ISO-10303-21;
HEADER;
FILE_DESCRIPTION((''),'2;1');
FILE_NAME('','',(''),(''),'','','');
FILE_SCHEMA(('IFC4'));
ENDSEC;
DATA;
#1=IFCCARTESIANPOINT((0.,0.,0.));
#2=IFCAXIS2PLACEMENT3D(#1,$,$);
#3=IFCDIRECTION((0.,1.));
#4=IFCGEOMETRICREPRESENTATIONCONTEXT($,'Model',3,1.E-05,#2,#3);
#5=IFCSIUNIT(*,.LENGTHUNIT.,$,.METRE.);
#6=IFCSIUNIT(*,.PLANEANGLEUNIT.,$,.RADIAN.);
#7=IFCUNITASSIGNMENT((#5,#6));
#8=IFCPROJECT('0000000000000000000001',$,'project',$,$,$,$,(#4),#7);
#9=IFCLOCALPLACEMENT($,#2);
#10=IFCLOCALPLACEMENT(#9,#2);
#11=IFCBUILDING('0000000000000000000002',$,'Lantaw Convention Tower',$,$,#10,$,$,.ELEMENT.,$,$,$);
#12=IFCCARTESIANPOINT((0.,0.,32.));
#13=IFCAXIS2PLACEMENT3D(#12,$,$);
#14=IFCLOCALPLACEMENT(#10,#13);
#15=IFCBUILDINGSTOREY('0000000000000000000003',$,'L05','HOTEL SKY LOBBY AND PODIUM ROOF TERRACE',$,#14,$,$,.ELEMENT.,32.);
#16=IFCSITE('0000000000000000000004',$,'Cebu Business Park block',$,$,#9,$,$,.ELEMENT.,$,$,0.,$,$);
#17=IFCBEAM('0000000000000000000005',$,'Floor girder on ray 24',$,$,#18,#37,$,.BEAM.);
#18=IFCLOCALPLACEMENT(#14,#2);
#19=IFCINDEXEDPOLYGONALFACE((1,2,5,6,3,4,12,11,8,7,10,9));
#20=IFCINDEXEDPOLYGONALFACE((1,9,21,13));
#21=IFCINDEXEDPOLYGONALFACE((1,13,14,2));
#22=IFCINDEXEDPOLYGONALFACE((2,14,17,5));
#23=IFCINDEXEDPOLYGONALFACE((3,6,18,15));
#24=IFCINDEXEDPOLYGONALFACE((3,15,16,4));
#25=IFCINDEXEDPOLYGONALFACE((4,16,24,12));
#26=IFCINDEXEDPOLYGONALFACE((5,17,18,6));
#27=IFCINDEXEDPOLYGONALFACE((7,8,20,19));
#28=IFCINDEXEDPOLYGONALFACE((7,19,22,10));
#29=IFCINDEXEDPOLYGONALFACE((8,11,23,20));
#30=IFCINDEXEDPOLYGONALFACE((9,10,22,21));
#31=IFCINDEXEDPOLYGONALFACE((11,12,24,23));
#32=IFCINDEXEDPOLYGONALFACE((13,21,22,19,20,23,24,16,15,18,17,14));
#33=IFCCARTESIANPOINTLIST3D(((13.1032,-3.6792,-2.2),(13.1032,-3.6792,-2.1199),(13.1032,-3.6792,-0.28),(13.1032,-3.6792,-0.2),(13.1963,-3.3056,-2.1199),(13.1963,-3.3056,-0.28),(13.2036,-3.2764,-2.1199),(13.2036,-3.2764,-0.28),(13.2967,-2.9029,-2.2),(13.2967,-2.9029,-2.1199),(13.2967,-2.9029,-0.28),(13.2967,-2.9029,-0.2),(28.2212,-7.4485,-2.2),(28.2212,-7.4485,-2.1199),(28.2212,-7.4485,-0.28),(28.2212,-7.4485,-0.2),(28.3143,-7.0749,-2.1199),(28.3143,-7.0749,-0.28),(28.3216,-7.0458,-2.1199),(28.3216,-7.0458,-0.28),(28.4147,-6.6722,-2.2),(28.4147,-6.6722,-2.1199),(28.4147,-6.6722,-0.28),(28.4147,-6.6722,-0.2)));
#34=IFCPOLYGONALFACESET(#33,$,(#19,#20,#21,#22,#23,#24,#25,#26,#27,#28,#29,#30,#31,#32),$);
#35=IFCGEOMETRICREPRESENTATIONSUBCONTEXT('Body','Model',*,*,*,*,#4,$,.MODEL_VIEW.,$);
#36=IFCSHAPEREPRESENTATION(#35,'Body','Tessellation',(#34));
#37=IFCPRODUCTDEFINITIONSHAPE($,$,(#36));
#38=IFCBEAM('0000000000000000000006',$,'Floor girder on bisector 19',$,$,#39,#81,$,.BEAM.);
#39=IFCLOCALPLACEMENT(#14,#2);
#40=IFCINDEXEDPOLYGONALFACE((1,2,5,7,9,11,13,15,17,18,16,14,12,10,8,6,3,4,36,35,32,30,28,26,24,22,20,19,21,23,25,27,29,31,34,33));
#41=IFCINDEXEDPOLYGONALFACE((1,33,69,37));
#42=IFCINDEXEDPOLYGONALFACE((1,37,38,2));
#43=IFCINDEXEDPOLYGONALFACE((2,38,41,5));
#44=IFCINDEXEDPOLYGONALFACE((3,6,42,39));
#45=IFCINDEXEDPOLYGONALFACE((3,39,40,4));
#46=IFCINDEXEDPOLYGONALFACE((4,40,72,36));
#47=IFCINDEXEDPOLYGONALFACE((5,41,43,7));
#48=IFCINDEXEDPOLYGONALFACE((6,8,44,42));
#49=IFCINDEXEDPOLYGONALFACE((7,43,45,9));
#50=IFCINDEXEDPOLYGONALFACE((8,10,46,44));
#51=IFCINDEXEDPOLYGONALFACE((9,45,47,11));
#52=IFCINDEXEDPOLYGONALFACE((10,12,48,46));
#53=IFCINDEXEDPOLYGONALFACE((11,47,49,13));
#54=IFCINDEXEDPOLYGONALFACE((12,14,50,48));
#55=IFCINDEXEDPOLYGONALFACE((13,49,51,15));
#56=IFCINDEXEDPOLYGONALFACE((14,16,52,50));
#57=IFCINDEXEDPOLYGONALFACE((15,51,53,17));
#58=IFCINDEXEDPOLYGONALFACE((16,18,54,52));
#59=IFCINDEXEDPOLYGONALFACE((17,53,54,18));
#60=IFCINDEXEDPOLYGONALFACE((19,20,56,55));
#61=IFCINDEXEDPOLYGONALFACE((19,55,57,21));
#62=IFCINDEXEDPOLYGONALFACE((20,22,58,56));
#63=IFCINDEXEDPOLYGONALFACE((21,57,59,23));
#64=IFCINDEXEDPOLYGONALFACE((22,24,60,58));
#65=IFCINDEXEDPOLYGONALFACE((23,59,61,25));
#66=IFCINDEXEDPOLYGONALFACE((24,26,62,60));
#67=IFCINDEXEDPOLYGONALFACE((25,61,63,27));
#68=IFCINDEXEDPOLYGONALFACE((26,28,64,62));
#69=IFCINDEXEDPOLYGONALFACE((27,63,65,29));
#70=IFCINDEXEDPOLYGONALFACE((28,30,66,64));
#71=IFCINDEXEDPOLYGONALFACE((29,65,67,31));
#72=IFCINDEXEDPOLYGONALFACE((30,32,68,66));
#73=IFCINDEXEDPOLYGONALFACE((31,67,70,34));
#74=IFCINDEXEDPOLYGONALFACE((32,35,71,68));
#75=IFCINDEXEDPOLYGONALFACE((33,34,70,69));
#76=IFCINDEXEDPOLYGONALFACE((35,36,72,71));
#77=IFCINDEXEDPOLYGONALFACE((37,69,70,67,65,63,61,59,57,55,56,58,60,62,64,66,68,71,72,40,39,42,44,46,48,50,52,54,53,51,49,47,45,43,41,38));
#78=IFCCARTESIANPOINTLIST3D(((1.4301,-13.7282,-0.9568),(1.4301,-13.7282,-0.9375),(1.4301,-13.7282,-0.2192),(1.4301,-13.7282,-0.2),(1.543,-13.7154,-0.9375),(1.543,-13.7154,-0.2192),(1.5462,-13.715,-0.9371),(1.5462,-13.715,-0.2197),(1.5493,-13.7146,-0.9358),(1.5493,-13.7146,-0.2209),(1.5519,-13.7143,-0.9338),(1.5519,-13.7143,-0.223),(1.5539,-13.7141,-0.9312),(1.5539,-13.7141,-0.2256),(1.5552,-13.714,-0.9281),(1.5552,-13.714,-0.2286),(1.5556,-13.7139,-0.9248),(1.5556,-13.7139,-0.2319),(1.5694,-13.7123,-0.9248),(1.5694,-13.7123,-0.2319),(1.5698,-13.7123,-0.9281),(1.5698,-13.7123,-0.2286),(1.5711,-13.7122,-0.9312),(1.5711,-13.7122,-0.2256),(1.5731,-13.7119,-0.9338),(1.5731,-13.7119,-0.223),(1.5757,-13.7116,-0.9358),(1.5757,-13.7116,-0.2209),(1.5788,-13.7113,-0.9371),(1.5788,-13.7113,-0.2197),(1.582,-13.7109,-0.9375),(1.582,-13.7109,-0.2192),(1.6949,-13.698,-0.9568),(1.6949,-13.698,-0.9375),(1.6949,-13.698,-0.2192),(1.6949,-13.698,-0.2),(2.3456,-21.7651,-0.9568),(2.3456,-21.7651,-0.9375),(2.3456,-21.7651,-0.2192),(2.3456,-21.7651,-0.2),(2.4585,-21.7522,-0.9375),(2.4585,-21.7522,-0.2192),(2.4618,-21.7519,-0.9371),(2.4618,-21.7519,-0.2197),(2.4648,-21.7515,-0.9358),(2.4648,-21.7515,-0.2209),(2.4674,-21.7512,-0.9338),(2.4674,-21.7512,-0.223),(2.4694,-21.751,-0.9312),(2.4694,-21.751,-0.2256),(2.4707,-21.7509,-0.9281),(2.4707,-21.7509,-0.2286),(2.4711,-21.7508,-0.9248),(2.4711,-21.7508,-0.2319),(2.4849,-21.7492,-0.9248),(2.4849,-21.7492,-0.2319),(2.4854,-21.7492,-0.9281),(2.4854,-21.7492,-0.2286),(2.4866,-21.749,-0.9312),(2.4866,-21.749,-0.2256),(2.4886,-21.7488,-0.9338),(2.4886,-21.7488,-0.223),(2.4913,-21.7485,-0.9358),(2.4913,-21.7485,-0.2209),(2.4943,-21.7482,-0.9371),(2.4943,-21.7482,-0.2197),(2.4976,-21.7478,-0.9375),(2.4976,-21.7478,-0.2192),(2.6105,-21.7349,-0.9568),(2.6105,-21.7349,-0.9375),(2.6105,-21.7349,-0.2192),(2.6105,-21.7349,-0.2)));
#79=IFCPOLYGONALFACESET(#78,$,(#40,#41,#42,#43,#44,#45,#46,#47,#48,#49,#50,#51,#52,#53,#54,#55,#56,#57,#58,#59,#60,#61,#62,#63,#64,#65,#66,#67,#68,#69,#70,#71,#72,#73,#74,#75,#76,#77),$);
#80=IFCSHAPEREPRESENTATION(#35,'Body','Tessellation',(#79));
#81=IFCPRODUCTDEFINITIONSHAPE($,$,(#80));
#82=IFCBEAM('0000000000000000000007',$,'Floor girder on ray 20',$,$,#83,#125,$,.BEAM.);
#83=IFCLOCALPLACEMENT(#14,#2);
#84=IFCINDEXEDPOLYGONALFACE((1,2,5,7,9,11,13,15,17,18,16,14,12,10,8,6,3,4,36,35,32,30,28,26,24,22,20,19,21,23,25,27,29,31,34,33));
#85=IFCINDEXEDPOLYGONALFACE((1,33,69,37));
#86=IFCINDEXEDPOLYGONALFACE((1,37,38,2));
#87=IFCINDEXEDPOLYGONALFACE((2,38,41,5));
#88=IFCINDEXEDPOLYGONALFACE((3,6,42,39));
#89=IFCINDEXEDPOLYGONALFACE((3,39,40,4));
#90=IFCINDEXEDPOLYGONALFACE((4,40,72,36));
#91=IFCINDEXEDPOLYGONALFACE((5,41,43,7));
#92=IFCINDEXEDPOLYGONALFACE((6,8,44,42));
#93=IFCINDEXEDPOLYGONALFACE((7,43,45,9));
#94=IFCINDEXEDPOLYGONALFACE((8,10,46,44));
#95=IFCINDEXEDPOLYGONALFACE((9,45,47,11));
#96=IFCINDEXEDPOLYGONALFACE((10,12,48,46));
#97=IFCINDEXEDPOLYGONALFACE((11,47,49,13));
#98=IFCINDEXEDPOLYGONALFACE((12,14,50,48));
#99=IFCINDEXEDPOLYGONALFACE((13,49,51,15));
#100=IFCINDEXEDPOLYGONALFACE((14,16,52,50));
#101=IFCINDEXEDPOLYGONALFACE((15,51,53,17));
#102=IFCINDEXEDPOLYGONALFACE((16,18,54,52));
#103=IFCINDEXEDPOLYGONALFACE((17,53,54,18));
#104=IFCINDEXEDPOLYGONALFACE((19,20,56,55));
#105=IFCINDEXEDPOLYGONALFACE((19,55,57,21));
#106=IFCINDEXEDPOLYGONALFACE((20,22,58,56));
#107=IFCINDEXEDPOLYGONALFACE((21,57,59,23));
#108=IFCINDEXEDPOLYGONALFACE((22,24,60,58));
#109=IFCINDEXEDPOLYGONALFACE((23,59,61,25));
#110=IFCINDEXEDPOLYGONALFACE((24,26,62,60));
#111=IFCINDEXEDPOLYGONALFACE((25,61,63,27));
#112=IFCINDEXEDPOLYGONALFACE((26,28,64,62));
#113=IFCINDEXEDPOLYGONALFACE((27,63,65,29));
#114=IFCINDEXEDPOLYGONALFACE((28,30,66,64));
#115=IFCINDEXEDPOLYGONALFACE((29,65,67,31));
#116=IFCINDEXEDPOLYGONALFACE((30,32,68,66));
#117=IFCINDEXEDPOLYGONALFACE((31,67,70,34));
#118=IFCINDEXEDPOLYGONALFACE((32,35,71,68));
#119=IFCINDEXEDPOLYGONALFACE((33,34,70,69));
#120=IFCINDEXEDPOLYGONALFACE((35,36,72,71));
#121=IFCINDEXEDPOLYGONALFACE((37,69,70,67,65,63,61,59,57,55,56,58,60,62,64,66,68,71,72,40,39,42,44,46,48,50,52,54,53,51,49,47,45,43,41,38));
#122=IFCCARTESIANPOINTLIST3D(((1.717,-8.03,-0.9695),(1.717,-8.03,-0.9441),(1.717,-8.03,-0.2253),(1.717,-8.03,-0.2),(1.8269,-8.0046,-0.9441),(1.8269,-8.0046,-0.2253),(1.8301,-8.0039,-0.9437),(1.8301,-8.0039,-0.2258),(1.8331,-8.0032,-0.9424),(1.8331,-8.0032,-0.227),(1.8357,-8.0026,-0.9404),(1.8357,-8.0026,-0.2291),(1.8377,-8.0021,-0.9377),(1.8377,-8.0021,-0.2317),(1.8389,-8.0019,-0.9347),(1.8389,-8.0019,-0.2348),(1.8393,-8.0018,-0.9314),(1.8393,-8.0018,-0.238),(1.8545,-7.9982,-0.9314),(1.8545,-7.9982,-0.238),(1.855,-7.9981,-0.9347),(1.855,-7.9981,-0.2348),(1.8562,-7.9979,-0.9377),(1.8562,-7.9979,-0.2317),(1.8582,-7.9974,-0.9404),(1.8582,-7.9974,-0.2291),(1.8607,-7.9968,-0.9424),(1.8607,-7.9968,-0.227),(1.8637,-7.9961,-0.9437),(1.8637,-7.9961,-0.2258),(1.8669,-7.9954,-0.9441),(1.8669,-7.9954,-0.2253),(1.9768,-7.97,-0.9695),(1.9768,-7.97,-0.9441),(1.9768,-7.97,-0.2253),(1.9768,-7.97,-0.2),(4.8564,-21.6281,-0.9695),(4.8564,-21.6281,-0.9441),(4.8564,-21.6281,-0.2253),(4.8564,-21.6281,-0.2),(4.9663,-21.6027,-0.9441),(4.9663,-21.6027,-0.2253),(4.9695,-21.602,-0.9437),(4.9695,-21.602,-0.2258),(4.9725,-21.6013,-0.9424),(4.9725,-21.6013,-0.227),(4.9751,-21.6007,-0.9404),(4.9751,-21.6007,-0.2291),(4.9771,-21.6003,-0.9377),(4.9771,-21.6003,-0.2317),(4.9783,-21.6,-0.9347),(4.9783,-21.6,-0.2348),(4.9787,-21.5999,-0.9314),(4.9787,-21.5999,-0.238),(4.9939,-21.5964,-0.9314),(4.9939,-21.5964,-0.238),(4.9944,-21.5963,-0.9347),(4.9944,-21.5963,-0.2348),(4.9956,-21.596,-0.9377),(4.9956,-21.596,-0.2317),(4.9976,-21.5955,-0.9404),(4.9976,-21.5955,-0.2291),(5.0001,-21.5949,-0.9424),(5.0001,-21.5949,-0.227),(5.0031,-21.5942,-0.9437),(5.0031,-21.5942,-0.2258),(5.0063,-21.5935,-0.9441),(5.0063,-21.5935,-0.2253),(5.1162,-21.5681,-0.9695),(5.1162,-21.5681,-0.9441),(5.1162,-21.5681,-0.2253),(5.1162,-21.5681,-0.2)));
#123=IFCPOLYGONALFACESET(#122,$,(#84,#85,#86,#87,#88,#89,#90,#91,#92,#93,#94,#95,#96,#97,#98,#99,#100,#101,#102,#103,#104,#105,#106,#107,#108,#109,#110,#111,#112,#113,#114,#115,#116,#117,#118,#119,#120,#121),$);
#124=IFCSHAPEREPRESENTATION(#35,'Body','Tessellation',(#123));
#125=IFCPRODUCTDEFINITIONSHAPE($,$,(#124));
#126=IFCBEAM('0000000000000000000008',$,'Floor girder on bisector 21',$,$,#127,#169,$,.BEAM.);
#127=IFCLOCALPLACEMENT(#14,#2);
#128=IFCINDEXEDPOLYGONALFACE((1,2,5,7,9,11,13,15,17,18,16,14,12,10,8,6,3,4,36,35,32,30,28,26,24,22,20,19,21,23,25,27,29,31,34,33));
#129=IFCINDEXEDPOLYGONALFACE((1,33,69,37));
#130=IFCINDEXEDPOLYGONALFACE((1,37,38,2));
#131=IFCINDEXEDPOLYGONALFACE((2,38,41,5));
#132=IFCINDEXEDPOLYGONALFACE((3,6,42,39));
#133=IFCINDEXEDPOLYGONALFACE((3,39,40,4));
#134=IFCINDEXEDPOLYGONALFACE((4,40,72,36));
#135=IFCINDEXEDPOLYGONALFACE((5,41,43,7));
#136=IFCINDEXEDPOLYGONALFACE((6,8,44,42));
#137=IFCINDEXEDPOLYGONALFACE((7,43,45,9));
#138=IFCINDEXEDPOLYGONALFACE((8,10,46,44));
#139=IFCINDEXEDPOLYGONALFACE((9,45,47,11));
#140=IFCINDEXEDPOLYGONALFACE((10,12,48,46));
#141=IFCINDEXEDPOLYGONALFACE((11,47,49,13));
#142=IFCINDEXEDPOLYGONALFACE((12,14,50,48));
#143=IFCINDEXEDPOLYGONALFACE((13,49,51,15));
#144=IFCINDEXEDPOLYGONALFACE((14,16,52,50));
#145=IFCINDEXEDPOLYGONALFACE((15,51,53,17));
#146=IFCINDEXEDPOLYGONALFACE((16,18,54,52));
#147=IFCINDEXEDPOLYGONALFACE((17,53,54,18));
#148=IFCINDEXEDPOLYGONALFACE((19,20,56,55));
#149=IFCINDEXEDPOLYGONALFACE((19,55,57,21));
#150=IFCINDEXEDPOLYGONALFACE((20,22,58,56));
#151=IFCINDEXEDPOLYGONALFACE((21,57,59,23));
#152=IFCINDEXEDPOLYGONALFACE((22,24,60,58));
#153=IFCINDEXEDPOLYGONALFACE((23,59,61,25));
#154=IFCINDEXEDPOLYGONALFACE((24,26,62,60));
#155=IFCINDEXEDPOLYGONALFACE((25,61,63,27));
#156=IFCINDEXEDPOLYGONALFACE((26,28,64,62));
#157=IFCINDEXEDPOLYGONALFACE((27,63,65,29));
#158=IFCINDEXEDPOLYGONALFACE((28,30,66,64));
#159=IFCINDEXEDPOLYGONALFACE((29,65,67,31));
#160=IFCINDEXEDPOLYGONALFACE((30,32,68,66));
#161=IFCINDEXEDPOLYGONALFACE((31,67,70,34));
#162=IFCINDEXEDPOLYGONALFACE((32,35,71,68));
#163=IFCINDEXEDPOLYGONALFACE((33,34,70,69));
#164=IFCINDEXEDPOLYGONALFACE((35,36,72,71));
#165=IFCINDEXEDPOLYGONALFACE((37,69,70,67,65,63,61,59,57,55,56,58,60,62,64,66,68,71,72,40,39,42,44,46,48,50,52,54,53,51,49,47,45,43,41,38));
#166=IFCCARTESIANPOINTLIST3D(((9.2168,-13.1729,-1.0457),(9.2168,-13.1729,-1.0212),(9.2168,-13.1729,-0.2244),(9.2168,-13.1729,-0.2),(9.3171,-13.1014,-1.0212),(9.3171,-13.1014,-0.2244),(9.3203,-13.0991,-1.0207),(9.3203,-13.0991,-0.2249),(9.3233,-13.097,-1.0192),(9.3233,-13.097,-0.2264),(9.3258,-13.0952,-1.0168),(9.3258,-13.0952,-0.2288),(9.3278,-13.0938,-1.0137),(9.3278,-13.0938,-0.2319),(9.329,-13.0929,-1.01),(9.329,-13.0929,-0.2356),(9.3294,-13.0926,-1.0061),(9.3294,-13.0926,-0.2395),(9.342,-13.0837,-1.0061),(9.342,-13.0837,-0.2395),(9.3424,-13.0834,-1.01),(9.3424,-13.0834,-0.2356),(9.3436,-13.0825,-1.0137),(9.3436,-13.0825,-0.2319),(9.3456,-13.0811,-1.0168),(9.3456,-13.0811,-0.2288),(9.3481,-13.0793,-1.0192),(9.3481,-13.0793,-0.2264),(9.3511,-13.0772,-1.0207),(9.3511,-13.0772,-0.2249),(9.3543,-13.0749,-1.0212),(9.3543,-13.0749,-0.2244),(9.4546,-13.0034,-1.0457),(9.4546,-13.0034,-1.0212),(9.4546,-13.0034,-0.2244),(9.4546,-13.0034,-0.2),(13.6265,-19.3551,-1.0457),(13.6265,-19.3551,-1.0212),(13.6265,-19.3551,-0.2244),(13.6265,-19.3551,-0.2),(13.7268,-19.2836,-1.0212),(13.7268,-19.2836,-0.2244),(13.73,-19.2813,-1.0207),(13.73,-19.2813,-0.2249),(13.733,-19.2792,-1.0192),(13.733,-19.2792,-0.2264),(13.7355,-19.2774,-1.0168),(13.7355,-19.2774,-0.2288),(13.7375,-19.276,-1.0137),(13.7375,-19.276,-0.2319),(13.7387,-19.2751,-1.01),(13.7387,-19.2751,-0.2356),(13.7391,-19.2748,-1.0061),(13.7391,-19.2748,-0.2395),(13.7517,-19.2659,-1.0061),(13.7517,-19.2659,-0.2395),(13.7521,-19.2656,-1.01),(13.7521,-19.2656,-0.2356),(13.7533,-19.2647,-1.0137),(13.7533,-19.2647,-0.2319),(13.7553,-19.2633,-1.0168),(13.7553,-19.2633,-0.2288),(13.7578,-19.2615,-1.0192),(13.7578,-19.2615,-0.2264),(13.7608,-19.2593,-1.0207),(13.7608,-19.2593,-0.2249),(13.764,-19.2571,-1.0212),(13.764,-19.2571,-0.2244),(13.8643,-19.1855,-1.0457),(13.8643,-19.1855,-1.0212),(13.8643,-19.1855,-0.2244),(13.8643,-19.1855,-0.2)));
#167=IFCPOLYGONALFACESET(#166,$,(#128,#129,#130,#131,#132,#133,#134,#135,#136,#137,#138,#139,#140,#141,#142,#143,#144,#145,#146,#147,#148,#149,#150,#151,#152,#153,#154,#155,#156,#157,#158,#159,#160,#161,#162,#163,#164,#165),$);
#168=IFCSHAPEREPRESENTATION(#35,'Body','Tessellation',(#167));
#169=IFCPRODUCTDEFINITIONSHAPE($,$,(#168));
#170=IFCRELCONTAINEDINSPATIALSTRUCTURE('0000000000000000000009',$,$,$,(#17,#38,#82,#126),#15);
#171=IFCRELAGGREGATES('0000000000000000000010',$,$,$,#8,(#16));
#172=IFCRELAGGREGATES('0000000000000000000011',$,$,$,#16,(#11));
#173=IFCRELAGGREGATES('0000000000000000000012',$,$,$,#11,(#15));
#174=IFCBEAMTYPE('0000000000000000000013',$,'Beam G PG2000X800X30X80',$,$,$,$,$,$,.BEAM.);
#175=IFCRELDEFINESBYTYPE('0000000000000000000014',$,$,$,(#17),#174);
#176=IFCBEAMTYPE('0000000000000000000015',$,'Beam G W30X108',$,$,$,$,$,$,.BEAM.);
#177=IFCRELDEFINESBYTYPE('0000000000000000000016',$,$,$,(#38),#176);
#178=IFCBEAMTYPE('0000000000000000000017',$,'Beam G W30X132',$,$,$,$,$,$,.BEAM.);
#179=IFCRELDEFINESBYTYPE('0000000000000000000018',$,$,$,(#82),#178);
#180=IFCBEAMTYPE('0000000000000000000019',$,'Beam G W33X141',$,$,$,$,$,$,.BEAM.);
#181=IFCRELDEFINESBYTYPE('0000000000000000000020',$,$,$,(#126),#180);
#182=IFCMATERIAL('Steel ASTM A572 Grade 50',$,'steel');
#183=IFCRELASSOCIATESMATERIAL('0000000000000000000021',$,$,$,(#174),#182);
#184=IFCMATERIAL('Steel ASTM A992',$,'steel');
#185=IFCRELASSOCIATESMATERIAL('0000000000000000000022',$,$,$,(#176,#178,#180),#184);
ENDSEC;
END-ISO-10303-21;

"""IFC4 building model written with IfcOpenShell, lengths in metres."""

from ifc_helpers import new_model, si_unit, direction, frame, origin, origin_2d, place, context, subcontext, project, spatial, i_section, extrude, material, material_profile, profile_set, type_object, element, save


model = new_model("IFC4")

# Units and contexts
model_context = context("Model", 3, precision=1e-05, world=origin(), true_north=direction((0.0, 1.0)))
body_context = subcontext(model_context, "Body", "Model", "MODEL_VIEW")
ifc_project = project(units=[si_unit("LENGTHUNIT", "METRE"), si_unit("PLANEANGLEUNIT", "RADIAN")], contexts=[model_context])

# Site, building, storey
site_placement = place(None, origin())
site = spatial("IfcSite", under=ifc_project, at=site_placement, Name="Cebu Business Park block", CompositionType="ELEMENT", RefElevation=0.0)
building_placement = place(site_placement, origin())
building = spatial("IfcBuilding", under=site, at=building_placement, Name="Lantaw Convention Tower", CompositionType="ELEMENT")
storey_placement = place(building_placement, frame((0.0, 0.0, 32.0)))
storey = spatial("IfcBuildingStorey", under=building, at=storey_placement, Name="L05", Description="HOTEL SKY LOBBY AND PODIUM ROOF TERRACE", CompositionType="ELEMENT", Elevation=32.0)

# Beams
ifc_material_1 = material(Name="Steel ASTM A572 Grade 50", Category="steel")
ifc_material_profile_1 = material_profile(ifc_material_1, i_section(OverallWidth=0.8, OverallDepth=2.0, WebThickness=0.03, FlangeThickness=0.0801, at=origin_2d()), Name="PG2000X800X30X80")
ifc_profile_set_1 = profile_set([ifc_material_profile_1], Name="Steel ASTM A572 Grade 50")
beam_type_1 = type_object("IfcBeamType", Name="Beam G PG2000X800X30X80", PredefinedType="BEAM", material=ifc_profile_set_1)
beam_1_placement = place(storey_placement, frame((13.2, -3.291, -1.2), z_axis=(0.970296, -0.24192, 0.0), x_axis=(0.24192, 0.970296, 0.0)))
element("IfcBeam", 1, at=beam_1_placement, inside=storey, type_object=beam_type_1, Name="Floor girder on ray 24", PredefinedType="BEAM", context=body_context, shape_type="SweptSolid", body=[
    extrude(i_section(OverallWidth=0.8, OverallDepth=2.0, WebThickness=0.03, FlangeThickness=0.0801, at=origin_2d()), origin(), (0.0, 0.0, 1.0), 15.5808),
])
ifc_material_2 = material(Name="Steel ASTM A992", Category="steel")
ifc_material_profile_2 = material_profile(ifc_material_2, i_section(OverallWidth=0.2666, OverallDepth=0.7568, WebThickness=0.0139, FlangeThickness=0.0193, FilletRadius=0.0127, at=origin_2d()), Name="W30X108")
ifc_profile_set_2 = profile_set([ifc_material_profile_2], Name="Steel ASTM A992")
beam_type_2 = type_object("IfcBeamType", Name="Beam G W30X108", PredefinedType="BEAM", material=ifc_profile_set_2)
beam_2_placement = place(storey_placement, frame((1.5625, -13.7131, -0.5784), z_axis=(0.113184, -0.993574, 0.0), x_axis=(0.993574, 0.113184, 0.0)))
element("IfcBeam", 2, at=beam_2_placement, inside=storey, type_object=beam_type_2, Name="Floor girder on bisector 19", PredefinedType="BEAM", context=body_context, shape_type="SweptSolid", body=[
    extrude(i_section(OverallWidth=0.2666, OverallDepth=0.7568, WebThickness=0.0139, FlangeThickness=0.0193, FilletRadius=0.0127, at=origin_2d()), origin(), (0.0, 0.0, 1.0), 8.0889),
])
ifc_material_profile_3 = material_profile(ifc_material_2, i_section(OverallWidth=0.2666, OverallDepth=0.7695, WebThickness=0.0156, FlangeThickness=0.0254, FilletRadius=0.0127, at=origin_2d()), Name="W30X132")
ifc_profile_set_3 = profile_set([ifc_material_profile_3], Name="Steel ASTM A992")
beam_type_3 = type_object("IfcBeamType", Name="Beam G W30X132", PredefinedType="BEAM", material=ifc_profile_set_3)
beam_3_placement = place(storey_placement, frame((1.8469, -8.0, -0.5847), z_axis=(0.224953, -0.97437, 0.0), x_axis=(0.97437, 0.224953, 0.0)))
element("IfcBeam", 3, at=beam_3_placement, inside=storey, type_object=beam_type_3, Name="Floor girder on ray 20", PredefinedType="BEAM", context=body_context, shape_type="SweptSolid", body=[
    extrude(i_section(OverallWidth=0.2666, OverallDepth=0.7695, WebThickness=0.0156, FlangeThickness=0.0254, FilletRadius=0.0127, at=origin_2d()), origin(), (0.0, 0.0, 1.0), 13.9558),
])
ifc_material_profile_4 = material_profile(ifc_material_2, i_section(OverallWidth=0.292, OverallDepth=0.8457, WebThickness=0.0154, FlangeThickness=0.0244, FilletRadius=0.0151, at=origin_2d()), Name="W33X141")
ifc_profile_set_4 = profile_set([ifc_material_profile_4], Name="Steel ASTM A992")
beam_type_4 = type_object("IfcBeamType", Name="Beam G W33X141", PredefinedType="BEAM", material=ifc_profile_set_4)
beam_4_placement = place(storey_placement, frame((9.3357, -13.0881, -0.6228), z_axis=(0.580703, -0.814116, 0.0), x_axis=(0.814116, 0.580703, 0.0)))
element("IfcBeam", 4, at=beam_4_placement, inside=storey, type_object=beam_type_4, Name="Floor girder on bisector 21", PredefinedType="BEAM", context=body_context, shape_type="SweptSolid", body=[
    extrude(i_section(OverallWidth=0.292, OverallDepth=0.8457, WebThickness=0.0154, FlangeThickness=0.0244, FilletRadius=0.0151, at=origin_2d()), origin(), (0.0, 0.0, 1.0), 7.5938),
])

save(model, "model.ifc")
